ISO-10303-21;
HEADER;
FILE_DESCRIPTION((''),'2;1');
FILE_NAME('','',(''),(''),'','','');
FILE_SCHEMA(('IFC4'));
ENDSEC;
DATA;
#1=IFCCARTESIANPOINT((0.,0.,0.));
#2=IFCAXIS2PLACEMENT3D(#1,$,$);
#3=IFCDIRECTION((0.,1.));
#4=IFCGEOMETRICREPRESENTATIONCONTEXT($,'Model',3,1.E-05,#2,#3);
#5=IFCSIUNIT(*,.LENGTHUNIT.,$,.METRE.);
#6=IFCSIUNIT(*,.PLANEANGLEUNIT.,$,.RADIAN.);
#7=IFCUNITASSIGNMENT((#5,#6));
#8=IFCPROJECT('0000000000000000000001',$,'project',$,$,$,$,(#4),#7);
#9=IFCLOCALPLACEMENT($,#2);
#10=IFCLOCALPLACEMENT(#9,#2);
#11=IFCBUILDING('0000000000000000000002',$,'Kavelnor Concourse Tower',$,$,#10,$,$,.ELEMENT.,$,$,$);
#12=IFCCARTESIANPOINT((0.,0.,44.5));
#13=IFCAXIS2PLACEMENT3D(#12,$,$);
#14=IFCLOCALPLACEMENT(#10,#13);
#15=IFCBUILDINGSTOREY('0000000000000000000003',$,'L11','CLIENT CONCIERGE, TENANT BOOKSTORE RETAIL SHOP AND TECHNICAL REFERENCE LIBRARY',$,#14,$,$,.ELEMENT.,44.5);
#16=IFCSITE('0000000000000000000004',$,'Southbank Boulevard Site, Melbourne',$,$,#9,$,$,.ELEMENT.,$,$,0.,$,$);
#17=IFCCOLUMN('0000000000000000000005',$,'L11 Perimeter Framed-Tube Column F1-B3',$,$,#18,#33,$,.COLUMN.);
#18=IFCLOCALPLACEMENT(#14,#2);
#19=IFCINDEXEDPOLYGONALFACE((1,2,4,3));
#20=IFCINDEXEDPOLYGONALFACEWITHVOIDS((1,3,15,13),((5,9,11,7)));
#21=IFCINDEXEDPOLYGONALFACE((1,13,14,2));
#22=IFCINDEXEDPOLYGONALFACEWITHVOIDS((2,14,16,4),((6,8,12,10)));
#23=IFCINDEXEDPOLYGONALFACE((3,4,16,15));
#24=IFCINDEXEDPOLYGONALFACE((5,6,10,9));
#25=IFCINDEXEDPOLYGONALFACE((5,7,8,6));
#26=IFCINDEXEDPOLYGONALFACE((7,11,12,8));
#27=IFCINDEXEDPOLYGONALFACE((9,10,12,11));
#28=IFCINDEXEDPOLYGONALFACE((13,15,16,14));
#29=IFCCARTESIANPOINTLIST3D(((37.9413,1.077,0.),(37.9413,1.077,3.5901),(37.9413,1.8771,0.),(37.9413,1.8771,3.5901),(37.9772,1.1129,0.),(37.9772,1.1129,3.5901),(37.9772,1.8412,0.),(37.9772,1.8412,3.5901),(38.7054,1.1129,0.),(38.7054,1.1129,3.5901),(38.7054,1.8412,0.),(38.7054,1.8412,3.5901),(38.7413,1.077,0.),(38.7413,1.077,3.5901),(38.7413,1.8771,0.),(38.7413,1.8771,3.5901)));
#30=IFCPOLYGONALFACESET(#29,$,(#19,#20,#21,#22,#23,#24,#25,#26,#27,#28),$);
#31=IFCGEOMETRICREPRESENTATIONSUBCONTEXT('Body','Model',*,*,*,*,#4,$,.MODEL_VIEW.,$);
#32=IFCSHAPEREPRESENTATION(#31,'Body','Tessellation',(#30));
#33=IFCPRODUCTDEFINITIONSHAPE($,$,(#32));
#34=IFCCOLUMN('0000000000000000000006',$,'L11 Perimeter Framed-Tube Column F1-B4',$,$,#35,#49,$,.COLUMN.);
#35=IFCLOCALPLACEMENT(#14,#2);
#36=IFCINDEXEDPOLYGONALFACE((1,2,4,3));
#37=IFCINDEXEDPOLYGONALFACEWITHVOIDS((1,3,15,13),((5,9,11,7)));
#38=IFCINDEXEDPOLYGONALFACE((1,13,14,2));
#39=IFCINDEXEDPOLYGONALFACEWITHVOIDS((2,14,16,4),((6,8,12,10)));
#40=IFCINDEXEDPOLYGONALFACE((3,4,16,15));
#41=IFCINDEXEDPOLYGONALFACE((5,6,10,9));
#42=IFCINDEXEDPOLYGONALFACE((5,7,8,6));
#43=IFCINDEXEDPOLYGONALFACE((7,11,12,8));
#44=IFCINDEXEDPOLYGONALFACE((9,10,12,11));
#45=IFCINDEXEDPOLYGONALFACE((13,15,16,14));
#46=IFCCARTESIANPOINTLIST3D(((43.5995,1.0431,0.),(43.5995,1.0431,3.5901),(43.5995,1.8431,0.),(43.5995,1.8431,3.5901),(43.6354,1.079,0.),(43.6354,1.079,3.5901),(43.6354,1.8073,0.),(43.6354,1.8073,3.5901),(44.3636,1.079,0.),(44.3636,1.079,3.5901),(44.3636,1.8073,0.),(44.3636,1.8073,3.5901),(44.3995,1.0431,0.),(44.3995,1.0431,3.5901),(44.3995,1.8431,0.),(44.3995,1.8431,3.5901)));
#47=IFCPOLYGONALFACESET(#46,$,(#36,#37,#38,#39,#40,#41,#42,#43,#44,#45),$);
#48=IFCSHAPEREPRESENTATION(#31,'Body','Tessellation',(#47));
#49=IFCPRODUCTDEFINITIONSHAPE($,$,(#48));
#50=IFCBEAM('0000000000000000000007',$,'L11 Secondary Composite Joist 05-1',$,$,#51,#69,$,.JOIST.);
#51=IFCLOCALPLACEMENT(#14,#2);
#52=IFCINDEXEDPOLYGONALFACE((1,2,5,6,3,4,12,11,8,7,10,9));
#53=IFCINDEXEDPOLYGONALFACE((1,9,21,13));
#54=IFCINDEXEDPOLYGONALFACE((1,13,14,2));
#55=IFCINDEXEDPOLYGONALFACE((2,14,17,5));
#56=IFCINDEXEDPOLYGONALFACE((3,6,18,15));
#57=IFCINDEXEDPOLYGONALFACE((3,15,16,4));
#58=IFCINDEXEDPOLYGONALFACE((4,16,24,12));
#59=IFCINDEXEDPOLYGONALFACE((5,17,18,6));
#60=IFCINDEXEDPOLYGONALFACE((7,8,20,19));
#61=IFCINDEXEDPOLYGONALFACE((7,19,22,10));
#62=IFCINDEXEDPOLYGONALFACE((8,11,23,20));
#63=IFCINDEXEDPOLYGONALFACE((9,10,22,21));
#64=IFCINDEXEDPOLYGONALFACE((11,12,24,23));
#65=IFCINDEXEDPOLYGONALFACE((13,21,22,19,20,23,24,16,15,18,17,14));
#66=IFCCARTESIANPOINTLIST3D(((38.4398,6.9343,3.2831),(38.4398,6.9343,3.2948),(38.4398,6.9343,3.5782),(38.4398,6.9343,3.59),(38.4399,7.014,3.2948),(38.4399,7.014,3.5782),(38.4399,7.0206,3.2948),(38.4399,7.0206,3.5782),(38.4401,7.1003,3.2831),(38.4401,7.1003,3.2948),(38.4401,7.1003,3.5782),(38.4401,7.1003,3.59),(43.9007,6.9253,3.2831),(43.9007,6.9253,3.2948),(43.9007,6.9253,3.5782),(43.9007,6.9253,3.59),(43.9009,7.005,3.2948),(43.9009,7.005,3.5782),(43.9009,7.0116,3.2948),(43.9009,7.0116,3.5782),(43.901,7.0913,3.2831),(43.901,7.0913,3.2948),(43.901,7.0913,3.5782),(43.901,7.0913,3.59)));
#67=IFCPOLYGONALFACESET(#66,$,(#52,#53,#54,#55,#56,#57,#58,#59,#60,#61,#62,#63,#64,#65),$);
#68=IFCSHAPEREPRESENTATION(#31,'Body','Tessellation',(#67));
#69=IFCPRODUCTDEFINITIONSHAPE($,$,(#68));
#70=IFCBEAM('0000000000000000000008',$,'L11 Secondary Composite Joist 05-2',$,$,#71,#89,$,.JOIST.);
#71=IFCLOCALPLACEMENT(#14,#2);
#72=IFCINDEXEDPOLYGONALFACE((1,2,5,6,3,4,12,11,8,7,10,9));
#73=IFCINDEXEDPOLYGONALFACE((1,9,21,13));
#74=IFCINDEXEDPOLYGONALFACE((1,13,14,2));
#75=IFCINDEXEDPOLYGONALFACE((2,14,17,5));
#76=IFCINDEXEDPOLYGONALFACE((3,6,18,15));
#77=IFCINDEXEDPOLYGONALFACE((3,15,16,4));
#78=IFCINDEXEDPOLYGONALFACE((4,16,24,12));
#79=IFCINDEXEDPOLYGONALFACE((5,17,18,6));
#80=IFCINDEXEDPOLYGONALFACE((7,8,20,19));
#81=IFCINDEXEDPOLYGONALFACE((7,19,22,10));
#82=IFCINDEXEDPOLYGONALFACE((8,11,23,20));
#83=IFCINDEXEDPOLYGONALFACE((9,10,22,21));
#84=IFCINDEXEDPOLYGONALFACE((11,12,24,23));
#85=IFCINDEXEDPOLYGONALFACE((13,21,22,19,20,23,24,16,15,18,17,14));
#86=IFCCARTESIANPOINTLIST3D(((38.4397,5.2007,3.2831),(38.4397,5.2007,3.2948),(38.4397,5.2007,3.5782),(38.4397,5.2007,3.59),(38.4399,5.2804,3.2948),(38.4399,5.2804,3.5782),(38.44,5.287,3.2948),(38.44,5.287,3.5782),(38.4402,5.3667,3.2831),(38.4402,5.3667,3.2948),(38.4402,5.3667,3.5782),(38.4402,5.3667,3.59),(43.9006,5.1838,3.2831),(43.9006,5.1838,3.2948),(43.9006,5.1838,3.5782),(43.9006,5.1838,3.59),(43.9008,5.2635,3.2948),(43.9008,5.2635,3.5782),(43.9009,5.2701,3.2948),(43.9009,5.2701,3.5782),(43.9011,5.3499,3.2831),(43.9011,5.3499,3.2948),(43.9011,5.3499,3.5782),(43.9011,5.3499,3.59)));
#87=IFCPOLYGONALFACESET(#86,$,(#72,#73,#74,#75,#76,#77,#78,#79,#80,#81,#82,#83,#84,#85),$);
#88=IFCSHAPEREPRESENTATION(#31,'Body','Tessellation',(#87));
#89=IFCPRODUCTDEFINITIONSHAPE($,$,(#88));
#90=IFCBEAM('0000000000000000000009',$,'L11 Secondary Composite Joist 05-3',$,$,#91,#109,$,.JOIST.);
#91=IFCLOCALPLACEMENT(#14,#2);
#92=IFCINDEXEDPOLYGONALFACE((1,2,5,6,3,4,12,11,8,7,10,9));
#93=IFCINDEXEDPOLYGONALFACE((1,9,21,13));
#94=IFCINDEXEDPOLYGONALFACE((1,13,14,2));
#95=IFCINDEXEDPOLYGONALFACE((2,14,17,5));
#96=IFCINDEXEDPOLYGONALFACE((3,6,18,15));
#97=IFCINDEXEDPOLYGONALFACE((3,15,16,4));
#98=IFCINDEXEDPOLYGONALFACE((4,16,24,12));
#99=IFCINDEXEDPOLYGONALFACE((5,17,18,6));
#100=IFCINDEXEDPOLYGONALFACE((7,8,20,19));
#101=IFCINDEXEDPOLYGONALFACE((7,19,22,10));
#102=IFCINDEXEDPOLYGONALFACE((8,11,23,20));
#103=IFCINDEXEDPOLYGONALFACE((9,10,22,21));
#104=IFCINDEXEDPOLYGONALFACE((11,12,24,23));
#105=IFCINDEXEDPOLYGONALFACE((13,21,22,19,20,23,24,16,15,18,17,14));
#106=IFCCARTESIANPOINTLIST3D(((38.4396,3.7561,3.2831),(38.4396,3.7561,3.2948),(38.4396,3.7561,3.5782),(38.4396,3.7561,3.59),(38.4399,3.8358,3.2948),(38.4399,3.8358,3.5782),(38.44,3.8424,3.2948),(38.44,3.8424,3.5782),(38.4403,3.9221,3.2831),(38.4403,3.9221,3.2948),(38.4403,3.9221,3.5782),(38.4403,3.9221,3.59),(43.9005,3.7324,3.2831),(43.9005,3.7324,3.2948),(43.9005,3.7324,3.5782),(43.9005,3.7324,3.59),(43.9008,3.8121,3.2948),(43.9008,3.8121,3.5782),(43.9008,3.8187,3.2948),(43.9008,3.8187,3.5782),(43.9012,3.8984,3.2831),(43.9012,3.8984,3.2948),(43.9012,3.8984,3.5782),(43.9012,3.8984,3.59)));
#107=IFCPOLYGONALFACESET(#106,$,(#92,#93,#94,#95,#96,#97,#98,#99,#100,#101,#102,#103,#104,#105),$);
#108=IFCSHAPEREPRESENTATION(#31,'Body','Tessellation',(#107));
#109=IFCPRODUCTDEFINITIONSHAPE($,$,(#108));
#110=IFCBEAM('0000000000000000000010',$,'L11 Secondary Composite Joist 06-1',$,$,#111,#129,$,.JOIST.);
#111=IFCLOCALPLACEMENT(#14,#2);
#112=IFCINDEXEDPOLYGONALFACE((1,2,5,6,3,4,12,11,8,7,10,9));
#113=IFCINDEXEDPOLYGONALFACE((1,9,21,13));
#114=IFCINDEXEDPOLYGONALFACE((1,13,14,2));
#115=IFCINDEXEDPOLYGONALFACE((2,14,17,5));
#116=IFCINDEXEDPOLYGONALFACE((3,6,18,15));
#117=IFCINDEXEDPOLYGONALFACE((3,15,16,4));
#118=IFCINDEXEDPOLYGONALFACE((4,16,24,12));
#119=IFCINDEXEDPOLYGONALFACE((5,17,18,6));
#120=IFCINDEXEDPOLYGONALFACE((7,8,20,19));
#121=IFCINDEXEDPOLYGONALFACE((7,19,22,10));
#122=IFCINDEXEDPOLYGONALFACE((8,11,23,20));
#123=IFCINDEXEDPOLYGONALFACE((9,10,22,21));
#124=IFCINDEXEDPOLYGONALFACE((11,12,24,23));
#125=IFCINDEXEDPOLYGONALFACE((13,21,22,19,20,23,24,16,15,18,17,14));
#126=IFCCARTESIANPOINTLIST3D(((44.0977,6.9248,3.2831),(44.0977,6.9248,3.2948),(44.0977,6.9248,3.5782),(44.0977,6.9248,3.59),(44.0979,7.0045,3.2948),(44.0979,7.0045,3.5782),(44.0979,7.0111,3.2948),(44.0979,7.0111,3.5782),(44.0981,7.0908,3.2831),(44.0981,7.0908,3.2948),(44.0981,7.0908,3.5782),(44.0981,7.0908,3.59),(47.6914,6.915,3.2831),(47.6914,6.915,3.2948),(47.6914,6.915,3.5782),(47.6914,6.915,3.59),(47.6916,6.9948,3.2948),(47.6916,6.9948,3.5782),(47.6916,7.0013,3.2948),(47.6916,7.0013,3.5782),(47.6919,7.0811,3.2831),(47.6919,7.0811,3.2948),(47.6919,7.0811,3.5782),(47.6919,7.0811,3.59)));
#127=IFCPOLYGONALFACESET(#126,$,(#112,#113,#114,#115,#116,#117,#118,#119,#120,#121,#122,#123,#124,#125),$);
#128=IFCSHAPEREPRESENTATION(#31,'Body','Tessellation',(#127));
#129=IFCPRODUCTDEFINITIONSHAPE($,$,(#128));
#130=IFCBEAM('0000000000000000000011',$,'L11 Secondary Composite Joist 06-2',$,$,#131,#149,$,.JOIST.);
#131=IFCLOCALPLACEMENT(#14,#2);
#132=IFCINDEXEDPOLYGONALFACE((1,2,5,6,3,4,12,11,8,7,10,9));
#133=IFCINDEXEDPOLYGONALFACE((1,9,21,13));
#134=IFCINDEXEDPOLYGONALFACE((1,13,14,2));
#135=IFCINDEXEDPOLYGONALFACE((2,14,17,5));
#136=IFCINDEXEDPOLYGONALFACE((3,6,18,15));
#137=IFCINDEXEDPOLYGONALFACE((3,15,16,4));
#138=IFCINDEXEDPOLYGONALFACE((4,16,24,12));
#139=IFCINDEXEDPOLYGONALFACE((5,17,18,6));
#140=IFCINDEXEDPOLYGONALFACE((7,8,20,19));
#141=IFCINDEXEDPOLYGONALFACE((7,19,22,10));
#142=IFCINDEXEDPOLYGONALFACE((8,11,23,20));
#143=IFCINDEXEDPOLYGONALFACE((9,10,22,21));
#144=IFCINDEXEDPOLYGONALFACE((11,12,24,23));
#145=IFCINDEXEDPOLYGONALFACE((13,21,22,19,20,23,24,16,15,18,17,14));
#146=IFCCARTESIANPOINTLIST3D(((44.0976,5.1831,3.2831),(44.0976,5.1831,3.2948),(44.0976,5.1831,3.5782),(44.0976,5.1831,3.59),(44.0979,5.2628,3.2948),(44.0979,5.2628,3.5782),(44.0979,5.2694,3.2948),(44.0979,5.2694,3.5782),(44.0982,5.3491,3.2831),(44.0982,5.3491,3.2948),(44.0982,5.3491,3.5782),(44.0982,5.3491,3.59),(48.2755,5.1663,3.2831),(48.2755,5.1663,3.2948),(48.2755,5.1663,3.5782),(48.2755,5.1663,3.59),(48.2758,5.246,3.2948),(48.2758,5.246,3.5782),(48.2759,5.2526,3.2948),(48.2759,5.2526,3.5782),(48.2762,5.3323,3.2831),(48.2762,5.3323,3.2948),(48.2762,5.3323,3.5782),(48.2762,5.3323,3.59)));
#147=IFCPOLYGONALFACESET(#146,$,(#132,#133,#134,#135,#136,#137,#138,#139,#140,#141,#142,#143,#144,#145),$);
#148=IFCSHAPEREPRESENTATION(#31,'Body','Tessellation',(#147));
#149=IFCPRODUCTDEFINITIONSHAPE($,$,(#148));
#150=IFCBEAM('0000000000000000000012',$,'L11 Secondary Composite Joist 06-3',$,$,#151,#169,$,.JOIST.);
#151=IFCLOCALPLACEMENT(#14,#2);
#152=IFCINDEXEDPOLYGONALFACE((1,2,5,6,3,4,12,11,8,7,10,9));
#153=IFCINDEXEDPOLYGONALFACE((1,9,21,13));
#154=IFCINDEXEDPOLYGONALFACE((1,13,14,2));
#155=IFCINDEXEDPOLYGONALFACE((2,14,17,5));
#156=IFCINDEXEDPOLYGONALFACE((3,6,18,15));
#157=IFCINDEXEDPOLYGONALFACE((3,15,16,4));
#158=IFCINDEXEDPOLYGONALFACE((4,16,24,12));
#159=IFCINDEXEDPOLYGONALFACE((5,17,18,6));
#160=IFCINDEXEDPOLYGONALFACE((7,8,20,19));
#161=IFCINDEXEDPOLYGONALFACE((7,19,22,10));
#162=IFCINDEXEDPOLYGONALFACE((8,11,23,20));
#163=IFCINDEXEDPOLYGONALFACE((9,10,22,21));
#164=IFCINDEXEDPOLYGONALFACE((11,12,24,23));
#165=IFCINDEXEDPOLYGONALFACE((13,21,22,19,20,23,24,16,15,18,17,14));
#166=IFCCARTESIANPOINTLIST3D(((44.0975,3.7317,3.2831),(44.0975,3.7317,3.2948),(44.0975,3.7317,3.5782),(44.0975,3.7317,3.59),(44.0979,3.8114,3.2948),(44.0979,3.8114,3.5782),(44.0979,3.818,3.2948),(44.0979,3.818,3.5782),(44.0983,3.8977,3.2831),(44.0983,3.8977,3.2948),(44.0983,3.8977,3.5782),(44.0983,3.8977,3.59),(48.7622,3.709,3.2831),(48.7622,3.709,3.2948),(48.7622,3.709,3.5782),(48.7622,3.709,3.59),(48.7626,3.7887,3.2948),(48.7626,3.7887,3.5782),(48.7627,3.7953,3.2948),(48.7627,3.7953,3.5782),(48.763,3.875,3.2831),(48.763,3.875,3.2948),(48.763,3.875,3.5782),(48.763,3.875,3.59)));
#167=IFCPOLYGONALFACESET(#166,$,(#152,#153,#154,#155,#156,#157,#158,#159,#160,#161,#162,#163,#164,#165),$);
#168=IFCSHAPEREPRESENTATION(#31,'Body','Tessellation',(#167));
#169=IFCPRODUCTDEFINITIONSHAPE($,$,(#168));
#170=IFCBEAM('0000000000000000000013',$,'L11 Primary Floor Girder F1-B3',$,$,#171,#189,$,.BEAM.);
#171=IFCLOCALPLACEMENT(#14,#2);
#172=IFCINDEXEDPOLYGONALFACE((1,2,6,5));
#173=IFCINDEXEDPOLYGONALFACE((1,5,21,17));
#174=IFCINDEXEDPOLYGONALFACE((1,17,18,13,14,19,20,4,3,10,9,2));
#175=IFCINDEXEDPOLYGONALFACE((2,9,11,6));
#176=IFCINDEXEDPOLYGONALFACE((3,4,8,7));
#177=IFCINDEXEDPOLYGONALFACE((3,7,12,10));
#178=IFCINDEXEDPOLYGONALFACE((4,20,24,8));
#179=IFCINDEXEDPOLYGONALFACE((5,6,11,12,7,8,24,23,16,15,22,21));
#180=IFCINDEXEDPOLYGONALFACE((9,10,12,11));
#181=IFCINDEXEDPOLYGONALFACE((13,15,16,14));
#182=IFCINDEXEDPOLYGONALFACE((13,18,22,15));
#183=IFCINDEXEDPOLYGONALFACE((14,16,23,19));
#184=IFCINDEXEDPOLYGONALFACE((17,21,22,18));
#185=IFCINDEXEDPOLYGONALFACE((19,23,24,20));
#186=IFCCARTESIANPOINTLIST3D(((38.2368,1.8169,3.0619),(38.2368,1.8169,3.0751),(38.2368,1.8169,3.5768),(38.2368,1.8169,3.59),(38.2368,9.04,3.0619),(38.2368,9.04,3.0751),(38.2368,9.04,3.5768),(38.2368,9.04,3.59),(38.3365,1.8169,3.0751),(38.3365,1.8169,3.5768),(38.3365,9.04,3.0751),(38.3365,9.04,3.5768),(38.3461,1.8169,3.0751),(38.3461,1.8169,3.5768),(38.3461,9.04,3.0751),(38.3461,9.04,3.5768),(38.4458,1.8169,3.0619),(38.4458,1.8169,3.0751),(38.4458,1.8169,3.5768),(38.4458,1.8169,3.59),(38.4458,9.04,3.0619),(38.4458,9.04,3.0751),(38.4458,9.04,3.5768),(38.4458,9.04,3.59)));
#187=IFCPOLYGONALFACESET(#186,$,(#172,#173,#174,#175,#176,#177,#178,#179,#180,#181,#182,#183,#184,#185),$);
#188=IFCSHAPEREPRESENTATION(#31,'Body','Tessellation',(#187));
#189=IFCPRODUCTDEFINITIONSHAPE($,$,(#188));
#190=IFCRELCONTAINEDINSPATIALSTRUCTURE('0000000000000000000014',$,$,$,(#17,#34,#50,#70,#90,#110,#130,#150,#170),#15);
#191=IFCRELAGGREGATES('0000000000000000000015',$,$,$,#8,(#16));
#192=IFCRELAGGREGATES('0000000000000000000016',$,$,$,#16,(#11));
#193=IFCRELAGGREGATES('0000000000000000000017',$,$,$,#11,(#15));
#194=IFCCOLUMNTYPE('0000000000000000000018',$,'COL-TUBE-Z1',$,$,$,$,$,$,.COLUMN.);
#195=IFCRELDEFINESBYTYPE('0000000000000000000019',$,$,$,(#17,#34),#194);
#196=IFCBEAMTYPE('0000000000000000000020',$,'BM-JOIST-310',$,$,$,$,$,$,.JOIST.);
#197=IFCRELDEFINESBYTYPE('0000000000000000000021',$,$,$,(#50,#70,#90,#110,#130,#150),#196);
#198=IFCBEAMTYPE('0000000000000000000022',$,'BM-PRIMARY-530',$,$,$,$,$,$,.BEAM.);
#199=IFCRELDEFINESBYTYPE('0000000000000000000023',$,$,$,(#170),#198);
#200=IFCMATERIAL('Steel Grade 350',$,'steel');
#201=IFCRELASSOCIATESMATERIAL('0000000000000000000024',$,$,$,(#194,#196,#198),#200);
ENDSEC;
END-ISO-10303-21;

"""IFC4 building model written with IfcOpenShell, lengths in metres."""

from ifc_helpers import new_model, si_unit, direction, frame, origin, origin_2d, place, context, subcontext, project, spatial, hollow_rectangle, i_section, extrude, material, material_profile, profile_set, type_object, element, save


model = new_model("IFC4")

# Units and contexts
model_context = context("Model", 3, precision=1e-05, world=origin(), true_north=direction((0.0, 1.0)))
body_context = subcontext(model_context, "Body", "Model", "MODEL_VIEW")
ifc_project = project(units=[si_unit("LENGTHUNIT", "METRE"), si_unit("PLANEANGLEUNIT", "RADIAN")], contexts=[model_context])

# Site, building, storey
site_placement = place(None, origin())
site = spatial("IfcSite", under=ifc_project, at=site_placement, Name="Southbank Boulevard Site, Melbourne", CompositionType="ELEMENT", RefElevation=0.0)
building_placement = place(site_placement, origin())
building = spatial("IfcBuilding", under=site, at=building_placement, Name="Kavelnor Concourse Tower", CompositionType="ELEMENT")
storey_placement = place(building_placement, frame((0.0, 0.0, 44.5)))
storey = spatial("IfcBuildingStorey", under=building, at=storey_placement, Name="L11", Description="CLIENT CONCIERGE, TENANT BOOKSTORE RETAIL SHOP AND TECHNICAL REFERENCE LIBRARY", CompositionType="ELEMENT", Elevation=44.5)

# Columns
ifc_material_1 = material(Name="Steel Grade 350", Category="steel")
ifc_material_profile_1 = material_profile(ifc_material_1, hollow_rectangle(XDim=0.8, YDim=0.8, WallThickness=0.0359, at=origin_2d()), Name="SHS 800x800x36")
ifc_profile_set_1 = profile_set([ifc_material_profile_1], Name="Steel Grade 350")
column_type = type_object("IfcColumnType", Name="COL-TUBE-Z1", PredefinedType="COLUMN", material=ifc_profile_set_1)
for number, where, z_axis, x_axis, name in (
    (1, (38.3413, 1.4771, 0.0), (0.0, 0.0, 1.0), (1.0, 0.0, 0.0), "L11 Perimeter Framed-Tube Column F1-B3"),
    (2, (43.9995, 1.4431, 0.0), (0.0, 0.0, 1.0), (1.0, 0.0, 0.0), "L11 Perimeter Framed-Tube Column F1-B4"),
):
    element("IfcColumn", number, at=place(storey_placement, frame(where, z_axis=z_axis, x_axis=x_axis)), inside=storey, type_object=column_type, Name=name, PredefinedType="COLUMN", context=body_context, shape_type="SweptSolid", body=[
        extrude(hollow_rectangle(XDim=0.8, YDim=0.8, WallThickness=0.0359, at=origin_2d()), origin(), (0.0, 0.0, 1.0), 3.5901),
    ])

# Beams
ifc_material_profile_2 = material_profile(ifc_material_1, i_section(OverallWidth=0.166, OverallDepth=0.3069, WebThickness=0.0066, FlangeThickness=0.0117, at=origin_2d()), Name="310UB46")
ifc_profile_set_2 = profile_set([ifc_material_profile_2], Name="Steel Grade 350")
beam_type_1 = type_object("IfcBeamType", Name="BM-JOIST-310", PredefinedType="JOIST", material=ifc_profile_set_2)
for number, where, z_axis, x_axis, name in (
    (3, (38.4399, 7.0173, 3.4365), (0.999999, -0.001654, 0.0), (0.001654, 0.999999, 0.0), "L11 Secondary Composite Joist 05-1"),
    (4, (38.4399, 5.2837, 3.4365), (0.999995, -0.003085, 0.0), (0.003085, 0.999995, 0.0), "L11 Secondary Composite Joist 05-2"),
    (5, (38.4399, 3.8391, 3.4365), (0.999991, -0.004337, 0.0), (0.004337, 0.999991, 0.0), "L11 Secondary Composite Joist 05-3"),
):
    element("IfcBeam", number, at=place(storey_placement, frame(where, z_axis=z_axis, x_axis=x_axis)), inside=storey, type_object=beam_type_1, Name=name, PredefinedType="JOIST", context=body_context, shape_type="SweptSolid", body=[
        extrude(i_section(OverallWidth=0.166, OverallDepth=0.3069, WebThickness=0.0066, FlangeThickness=0.0117, at=origin_2d()), origin(), (0.0, 0.0, 1.0), 5.4609),
    ])
beam_1_placement = place(storey_placement, frame((44.0979, 7.0078, 3.4365), z_axis=(0.999996, -0.002717, 0.0), x_axis=(0.002717, 0.999996, 0.0)))
element("IfcBeam", 6, at=beam_1_placement, inside=storey, type_object=beam_type_1, Name="L11 Secondary Composite Joist 06-1", PredefinedType="JOIST", context=body_context, shape_type="SweptSolid", body=[
    extrude(i_section(OverallWidth=0.166, OverallDepth=0.3069, WebThickness=0.0066, FlangeThickness=0.0117, at=origin_2d()), origin(), (0.0, 0.0, 1.0), 3.5938),
])
beam_2_placement = place(storey_placement, frame((44.0979, 5.2661, 3.4365), z_axis=(0.999992, -0.004032, 0.0), x_axis=(0.004032, 0.999992, 0.0)))
element("IfcBeam", 7, at=beam_2_placement, inside=storey, type_object=beam_type_1, Name="L11 Secondary Composite Joist 06-2", PredefinedType="JOIST", context=body_context, shape_type="SweptSolid", body=[
    extrude(i_section(OverallWidth=0.166, OverallDepth=0.3069, WebThickness=0.0066, FlangeThickness=0.0117, at=origin_2d()), origin(), (0.0, 0.0, 1.0), 4.178),
])
beam_3_placement = place(storey_placement, frame((44.0979, 3.8147, 3.4365), z_axis=(0.999988, -0.004867, 0.0), x_axis=(0.004867, 0.999988, 0.0)))
element("IfcBeam", 8, at=beam_3_placement, inside=storey, type_object=beam_type_1, Name="L11 Secondary Composite Joist 06-3", PredefinedType="JOIST", context=body_context, shape_type="SweptSolid", body=[
    extrude(i_section(OverallWidth=0.166, OverallDepth=0.3069, WebThickness=0.0066, FlangeThickness=0.0117, at=origin_2d()), origin(), (0.0, 0.0, 1.0), 4.6648),
])
ifc_material_profile_3 = material_profile(ifc_material_1, i_section(OverallWidth=0.209, OverallDepth=0.5281, WebThickness=0.0095, FlangeThickness=0.0132, at=origin_2d()), Name="530UB82")
ifc_profile_set_3 = profile_set([ifc_material_profile_3], Name="Steel Grade 350")
beam_type_2 = type_object("IfcBeamType", Name="BM-PRIMARY-530", PredefinedType="BEAM", material=ifc_profile_set_3)
beam_4_placement = place(storey_placement, frame((38.3413, 9.04, 3.3259), z_axis=(0.0, -1.0, 0.0), x_axis=(1.0, 0.0, 0.0)))
element("IfcBeam", 9, at=beam_4_placement, inside=storey, type_object=beam_type_2, Name="L11 Primary Floor Girder F1-B3", PredefinedType="BEAM", context=body_context, shape_type="SweptSolid", body=[
    extrude(i_section(OverallWidth=0.209, OverallDepth=0.5281, WebThickness=0.0095, FlangeThickness=0.0132, at=origin_2d()), origin(), (0.0, 0.0, 1.0), 7.2231),
])

save(model, "model.ifc")
